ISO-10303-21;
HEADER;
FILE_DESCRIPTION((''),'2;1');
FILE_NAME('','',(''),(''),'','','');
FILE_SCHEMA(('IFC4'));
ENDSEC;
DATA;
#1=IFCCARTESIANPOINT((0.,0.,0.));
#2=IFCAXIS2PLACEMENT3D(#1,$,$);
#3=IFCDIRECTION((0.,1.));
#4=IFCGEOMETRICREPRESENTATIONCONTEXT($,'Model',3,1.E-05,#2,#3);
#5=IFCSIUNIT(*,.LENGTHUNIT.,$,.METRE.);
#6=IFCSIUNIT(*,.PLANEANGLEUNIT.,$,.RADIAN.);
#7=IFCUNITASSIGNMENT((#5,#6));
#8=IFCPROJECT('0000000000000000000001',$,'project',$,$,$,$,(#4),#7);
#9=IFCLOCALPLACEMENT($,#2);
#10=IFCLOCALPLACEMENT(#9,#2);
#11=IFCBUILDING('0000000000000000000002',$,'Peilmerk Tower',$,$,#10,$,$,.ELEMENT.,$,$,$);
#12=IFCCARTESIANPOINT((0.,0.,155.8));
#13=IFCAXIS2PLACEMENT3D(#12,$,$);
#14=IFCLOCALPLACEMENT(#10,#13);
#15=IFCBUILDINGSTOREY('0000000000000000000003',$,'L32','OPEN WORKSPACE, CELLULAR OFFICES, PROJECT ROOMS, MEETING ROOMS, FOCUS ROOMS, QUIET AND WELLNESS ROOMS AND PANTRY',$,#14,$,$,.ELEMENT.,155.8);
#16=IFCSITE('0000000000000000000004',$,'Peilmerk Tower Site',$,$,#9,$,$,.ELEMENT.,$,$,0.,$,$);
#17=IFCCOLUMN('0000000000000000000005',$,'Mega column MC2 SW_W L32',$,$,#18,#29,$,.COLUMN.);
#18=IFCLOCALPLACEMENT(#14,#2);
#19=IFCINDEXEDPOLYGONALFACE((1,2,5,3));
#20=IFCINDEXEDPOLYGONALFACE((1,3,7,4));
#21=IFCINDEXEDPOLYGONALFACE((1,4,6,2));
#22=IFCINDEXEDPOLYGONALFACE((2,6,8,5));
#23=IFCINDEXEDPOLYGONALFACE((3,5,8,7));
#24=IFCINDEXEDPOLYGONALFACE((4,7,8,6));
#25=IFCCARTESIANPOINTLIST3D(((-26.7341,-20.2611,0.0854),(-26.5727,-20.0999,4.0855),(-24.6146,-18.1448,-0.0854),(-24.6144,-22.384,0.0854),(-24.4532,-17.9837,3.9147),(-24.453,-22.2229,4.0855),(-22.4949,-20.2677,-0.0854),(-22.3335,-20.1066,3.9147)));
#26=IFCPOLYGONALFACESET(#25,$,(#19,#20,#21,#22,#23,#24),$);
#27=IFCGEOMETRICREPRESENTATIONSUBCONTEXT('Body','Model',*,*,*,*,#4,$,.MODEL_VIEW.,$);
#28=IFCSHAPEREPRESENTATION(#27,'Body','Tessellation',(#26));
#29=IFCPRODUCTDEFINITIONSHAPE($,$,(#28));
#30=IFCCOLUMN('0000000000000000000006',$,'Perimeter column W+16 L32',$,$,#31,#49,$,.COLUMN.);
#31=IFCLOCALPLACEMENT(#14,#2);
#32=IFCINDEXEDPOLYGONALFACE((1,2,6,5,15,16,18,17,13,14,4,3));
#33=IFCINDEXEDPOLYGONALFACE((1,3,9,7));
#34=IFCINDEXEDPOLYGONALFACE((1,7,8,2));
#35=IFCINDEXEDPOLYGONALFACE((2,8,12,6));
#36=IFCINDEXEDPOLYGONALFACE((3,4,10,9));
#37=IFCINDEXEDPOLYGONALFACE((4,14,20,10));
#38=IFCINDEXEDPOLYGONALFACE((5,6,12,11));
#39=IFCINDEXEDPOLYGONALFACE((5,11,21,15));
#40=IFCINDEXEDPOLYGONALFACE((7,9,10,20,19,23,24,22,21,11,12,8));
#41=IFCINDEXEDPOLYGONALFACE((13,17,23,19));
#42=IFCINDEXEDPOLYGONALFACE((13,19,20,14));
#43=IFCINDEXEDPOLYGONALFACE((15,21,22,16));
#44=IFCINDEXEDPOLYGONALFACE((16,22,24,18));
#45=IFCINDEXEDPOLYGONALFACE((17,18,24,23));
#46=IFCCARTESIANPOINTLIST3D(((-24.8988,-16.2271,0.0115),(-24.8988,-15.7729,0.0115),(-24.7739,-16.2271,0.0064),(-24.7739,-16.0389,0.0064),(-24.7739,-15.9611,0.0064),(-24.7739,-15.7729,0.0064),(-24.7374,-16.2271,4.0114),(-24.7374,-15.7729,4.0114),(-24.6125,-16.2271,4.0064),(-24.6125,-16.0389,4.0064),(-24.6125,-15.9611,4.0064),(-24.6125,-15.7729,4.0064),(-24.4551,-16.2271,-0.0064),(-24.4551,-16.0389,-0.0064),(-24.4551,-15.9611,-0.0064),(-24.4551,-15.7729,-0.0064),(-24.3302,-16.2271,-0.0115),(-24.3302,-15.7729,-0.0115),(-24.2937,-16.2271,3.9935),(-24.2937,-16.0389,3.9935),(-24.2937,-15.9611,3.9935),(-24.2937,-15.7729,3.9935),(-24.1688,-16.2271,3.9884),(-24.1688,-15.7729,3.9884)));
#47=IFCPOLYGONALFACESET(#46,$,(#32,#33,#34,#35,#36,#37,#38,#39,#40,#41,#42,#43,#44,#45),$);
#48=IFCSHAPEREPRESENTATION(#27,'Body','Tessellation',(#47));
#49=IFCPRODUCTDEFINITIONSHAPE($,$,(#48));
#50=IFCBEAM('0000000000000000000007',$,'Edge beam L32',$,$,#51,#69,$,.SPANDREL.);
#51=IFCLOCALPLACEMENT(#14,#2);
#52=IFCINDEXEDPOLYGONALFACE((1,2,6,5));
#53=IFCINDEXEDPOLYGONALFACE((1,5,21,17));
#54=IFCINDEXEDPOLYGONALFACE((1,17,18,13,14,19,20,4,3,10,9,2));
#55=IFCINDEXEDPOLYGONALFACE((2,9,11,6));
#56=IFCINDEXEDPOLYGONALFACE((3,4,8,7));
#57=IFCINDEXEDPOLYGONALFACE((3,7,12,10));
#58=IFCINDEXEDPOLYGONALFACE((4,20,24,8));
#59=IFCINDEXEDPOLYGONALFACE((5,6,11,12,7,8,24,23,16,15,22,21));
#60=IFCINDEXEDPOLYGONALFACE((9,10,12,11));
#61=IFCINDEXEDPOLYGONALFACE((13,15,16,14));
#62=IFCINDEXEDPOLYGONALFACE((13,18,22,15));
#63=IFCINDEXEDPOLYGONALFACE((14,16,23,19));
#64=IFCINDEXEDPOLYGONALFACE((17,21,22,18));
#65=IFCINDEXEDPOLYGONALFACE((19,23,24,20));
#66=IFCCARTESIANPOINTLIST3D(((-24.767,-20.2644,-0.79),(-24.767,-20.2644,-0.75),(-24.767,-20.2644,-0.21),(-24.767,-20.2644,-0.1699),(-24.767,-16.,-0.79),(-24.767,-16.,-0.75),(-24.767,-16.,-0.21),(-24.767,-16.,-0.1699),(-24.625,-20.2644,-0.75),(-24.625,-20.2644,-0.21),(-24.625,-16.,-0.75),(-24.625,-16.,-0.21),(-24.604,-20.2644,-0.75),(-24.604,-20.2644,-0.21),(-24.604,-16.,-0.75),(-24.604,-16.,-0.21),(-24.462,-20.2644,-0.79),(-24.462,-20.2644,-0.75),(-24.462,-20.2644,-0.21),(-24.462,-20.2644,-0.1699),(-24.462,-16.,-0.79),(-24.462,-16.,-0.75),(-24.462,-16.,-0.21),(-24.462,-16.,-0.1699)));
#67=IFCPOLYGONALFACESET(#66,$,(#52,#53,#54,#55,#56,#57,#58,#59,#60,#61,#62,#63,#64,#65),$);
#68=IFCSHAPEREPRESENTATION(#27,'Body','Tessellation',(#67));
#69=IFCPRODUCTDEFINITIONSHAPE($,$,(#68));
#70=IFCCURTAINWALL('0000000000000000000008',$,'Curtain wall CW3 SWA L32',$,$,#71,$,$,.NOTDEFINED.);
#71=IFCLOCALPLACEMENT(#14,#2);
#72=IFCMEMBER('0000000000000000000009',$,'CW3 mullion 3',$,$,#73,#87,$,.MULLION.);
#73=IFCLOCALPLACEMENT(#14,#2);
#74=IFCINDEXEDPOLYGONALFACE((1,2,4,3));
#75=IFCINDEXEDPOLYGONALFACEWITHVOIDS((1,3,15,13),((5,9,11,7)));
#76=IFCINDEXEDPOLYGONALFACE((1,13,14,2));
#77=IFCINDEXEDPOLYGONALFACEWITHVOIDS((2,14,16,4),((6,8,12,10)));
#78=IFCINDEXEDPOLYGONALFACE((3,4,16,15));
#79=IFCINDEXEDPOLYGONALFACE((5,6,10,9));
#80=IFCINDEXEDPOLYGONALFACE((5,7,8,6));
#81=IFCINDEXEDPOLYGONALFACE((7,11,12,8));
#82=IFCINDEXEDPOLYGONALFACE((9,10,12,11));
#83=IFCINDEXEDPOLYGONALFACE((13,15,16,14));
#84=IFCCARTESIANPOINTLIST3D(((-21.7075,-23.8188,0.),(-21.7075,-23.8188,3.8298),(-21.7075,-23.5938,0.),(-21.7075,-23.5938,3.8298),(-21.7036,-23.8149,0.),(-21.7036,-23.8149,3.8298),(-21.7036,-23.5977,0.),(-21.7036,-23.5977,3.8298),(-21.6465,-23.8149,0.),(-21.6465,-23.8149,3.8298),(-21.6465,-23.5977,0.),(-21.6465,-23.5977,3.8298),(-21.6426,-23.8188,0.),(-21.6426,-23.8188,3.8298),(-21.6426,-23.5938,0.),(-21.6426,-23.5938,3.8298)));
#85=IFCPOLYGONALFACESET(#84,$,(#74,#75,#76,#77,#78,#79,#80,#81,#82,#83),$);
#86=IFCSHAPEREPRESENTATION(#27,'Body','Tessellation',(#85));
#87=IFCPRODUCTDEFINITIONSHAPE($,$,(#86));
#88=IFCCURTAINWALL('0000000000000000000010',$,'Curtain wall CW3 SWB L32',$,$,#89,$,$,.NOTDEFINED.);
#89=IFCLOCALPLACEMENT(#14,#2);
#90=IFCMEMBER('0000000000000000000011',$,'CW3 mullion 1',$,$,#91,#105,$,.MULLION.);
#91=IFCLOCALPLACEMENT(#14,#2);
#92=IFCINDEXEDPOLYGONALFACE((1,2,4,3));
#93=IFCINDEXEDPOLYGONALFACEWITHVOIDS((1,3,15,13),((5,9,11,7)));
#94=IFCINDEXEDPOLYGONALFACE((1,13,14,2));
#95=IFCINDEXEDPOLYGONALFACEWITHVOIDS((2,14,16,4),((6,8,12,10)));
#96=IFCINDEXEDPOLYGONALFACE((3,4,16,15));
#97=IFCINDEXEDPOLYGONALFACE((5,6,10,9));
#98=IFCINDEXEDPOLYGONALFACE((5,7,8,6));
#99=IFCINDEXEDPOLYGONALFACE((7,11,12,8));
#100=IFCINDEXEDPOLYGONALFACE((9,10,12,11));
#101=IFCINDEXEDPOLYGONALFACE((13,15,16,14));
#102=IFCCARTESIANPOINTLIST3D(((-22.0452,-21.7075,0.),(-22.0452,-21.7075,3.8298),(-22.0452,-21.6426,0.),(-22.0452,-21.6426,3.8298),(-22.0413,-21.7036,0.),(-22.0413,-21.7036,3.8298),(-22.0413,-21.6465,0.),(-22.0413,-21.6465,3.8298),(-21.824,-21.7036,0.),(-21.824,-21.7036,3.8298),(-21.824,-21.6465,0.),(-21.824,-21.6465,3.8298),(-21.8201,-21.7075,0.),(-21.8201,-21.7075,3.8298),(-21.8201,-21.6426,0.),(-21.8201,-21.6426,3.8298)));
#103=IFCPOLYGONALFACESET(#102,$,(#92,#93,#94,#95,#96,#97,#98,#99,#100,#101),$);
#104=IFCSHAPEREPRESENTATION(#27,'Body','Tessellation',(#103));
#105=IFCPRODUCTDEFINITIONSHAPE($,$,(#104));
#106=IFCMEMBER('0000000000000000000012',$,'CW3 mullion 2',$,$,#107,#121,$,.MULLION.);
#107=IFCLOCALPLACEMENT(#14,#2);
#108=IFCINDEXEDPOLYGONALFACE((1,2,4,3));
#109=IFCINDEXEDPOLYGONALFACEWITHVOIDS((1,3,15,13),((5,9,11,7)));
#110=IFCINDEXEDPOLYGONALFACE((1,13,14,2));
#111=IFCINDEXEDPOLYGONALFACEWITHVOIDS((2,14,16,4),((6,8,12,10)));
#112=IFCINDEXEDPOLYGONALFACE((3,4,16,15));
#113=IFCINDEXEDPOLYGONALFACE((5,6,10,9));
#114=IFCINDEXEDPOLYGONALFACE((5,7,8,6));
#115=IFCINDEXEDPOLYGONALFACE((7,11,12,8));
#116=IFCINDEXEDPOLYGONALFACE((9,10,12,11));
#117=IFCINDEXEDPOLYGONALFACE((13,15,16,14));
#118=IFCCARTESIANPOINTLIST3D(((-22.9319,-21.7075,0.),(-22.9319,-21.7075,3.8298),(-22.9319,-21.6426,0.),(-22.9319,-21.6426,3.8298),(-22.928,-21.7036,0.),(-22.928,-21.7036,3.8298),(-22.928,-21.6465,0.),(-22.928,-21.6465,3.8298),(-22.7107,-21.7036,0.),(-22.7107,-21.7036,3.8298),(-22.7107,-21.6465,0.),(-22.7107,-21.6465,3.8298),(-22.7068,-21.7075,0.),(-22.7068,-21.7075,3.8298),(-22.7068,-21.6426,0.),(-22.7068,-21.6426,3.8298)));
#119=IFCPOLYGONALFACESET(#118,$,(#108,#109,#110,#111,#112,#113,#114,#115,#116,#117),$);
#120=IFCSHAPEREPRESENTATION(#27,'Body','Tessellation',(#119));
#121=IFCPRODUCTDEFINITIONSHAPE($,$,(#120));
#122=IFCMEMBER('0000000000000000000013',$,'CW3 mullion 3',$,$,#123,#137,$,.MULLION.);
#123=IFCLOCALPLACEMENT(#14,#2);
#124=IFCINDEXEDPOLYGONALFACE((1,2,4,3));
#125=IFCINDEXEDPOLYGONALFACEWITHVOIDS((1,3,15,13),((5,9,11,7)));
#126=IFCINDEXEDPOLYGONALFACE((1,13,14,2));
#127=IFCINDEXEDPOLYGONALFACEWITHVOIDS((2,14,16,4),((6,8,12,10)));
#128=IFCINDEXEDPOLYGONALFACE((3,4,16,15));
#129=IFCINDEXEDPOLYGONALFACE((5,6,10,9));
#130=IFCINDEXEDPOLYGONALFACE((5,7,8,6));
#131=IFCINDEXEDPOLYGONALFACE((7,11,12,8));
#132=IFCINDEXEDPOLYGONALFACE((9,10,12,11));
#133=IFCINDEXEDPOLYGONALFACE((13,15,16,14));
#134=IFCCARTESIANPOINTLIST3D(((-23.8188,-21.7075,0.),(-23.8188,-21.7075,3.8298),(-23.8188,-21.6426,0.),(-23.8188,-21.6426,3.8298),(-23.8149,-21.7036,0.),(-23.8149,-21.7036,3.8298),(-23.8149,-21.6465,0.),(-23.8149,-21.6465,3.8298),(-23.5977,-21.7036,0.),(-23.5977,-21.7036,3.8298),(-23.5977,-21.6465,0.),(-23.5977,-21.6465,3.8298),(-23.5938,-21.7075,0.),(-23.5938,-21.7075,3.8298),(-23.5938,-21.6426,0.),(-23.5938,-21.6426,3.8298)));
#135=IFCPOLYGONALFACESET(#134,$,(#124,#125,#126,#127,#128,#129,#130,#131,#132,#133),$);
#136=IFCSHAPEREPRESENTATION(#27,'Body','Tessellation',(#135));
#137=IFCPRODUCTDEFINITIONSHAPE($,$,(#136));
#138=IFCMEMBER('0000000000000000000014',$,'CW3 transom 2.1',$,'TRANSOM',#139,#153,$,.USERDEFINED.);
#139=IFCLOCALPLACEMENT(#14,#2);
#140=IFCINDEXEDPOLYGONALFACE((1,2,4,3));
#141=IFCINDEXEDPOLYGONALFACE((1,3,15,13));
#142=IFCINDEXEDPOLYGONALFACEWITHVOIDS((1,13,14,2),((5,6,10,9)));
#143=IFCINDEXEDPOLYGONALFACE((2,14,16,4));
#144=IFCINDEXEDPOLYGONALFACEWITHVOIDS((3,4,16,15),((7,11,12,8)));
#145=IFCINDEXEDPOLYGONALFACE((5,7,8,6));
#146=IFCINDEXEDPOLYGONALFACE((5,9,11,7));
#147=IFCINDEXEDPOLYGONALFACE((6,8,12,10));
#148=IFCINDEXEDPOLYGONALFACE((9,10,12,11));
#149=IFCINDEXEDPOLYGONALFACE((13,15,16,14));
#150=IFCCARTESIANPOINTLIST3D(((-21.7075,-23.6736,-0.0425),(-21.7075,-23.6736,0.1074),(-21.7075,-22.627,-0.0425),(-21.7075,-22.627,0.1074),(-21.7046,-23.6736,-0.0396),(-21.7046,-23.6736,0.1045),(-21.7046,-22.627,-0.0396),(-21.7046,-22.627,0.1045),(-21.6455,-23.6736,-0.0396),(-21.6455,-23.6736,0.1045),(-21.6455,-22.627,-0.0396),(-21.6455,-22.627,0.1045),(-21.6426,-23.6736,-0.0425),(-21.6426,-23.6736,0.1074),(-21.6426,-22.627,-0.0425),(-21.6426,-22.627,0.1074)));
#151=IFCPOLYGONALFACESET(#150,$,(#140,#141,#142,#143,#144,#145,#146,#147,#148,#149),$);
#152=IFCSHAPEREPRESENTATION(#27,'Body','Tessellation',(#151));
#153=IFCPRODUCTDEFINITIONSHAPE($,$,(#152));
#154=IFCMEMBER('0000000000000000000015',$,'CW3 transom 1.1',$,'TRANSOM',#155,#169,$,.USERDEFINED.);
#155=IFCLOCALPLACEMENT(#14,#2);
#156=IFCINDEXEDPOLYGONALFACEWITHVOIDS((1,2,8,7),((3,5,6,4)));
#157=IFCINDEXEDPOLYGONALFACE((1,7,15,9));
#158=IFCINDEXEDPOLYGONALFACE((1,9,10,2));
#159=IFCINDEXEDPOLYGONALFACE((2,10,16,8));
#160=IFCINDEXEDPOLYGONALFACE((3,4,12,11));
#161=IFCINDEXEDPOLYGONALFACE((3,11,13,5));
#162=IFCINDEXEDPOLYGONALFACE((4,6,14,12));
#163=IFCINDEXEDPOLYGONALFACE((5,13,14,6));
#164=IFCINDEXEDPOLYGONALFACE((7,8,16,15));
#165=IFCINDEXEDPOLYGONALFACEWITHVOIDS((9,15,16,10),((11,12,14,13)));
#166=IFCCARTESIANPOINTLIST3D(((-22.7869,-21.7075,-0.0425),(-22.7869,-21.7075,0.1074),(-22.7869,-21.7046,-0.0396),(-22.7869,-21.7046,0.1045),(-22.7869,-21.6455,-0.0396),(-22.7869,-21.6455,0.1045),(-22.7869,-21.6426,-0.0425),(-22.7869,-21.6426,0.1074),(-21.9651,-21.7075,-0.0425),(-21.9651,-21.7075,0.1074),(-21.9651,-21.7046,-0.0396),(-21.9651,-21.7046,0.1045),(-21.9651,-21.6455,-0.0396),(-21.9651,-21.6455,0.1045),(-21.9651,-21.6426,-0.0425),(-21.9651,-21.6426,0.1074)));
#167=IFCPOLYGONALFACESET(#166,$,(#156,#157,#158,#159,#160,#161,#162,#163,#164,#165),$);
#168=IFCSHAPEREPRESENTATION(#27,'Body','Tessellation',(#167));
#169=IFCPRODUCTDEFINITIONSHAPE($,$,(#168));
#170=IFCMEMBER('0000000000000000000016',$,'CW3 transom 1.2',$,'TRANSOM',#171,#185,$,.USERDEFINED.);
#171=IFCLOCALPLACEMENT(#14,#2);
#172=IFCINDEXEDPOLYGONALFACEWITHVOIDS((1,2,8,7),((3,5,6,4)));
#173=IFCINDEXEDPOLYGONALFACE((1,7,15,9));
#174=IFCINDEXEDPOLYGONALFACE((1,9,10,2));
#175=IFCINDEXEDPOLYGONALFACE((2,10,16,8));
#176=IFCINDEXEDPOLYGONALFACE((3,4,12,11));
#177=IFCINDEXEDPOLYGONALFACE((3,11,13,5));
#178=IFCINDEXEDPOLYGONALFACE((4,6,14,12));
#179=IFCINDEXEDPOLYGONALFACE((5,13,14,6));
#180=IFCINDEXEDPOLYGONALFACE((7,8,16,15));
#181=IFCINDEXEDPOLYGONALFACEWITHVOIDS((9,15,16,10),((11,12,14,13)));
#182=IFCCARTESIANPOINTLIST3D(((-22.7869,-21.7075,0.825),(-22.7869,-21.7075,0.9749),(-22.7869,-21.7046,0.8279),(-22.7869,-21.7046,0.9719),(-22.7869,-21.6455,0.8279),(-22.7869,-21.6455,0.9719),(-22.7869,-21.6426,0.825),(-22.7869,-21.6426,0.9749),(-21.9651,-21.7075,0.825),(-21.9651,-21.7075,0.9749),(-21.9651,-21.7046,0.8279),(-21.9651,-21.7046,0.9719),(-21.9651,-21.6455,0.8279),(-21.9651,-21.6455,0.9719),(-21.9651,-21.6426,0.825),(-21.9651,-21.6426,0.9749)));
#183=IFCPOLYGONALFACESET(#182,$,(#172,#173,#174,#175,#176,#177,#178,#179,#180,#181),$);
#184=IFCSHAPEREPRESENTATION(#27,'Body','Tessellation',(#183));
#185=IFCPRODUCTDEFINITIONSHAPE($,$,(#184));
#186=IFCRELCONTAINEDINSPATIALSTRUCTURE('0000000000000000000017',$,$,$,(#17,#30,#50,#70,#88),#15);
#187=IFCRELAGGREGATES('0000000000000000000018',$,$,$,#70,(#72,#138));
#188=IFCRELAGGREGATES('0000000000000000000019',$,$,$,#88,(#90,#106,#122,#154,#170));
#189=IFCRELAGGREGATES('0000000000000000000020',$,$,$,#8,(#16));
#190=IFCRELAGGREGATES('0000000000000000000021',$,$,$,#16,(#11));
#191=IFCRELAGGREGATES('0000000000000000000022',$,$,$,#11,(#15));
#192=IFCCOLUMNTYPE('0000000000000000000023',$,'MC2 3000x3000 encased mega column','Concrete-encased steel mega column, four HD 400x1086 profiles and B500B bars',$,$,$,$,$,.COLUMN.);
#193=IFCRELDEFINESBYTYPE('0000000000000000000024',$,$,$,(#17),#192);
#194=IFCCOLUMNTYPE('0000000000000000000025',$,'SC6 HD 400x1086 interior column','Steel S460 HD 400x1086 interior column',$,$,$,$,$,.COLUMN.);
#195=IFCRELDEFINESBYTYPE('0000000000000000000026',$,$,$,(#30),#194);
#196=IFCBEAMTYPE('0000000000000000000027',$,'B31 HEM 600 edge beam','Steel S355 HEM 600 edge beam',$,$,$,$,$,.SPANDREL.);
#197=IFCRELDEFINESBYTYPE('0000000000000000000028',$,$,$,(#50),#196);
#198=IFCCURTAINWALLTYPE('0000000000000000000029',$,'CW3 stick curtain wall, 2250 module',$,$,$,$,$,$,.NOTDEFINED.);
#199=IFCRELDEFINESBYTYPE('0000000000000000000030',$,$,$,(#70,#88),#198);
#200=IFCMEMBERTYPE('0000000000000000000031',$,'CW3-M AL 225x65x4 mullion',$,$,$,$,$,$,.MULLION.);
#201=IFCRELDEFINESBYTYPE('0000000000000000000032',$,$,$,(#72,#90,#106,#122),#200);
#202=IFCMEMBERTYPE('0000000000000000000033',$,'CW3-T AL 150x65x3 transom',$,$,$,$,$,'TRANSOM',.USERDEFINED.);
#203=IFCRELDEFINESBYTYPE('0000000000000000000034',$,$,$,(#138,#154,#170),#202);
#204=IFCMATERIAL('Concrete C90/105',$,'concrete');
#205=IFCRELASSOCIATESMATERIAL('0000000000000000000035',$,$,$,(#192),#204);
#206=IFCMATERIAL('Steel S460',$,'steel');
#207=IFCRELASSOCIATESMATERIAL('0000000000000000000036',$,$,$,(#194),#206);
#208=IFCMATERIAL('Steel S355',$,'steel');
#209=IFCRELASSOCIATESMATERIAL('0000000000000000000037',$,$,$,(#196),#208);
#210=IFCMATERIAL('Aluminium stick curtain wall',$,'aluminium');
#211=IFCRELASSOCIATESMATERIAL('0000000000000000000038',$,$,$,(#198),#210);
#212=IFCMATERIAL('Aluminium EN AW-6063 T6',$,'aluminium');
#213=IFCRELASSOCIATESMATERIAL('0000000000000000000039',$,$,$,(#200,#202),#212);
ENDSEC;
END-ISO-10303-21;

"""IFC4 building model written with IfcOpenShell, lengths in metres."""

from ifc_helpers import new_model, si_unit, direction, frame, origin, origin_2d, place, context, subcontext, project, spatial, rectangle, hollow_rectangle, i_section, extrude, material, material_profile, profile_set, type_object, element, aggregate, save


model = new_model("IFC4")

# Units and contexts
model_context = context("Model", 3, precision=1e-05, world=origin(), true_north=direction((0.0, 1.0)))
body_context = subcontext(model_context, "Body", "Model", "MODEL_VIEW")
ifc_project = project(units=[si_unit("LENGTHUNIT", "METRE"), si_unit("PLANEANGLEUNIT", "RADIAN")], contexts=[model_context])

# Site, building, storey
site_placement = place(None, origin())
site = spatial("IfcSite", under=ifc_project, at=site_placement, Name="Peilmerk Tower Site", CompositionType="ELEMENT", RefElevation=0.0)
building_placement = place(site_placement, origin())
building = spatial("IfcBuilding", under=site, at=building_placement, Name="Peilmerk Tower", CompositionType="ELEMENT")
storey_placement = place(building_placement, frame((0.0, 0.0, 155.8)))
storey = spatial("IfcBuildingStorey", under=building, at=storey_placement, Name="L32", Description="OPEN WORKSPACE, CELLULAR OFFICES, PROJECT ROOMS, MEETING ROOMS, FOCUS ROOMS, QUIET AND WELLNESS ROOMS AND PANTRY", CompositionType="ELEMENT", Elevation=155.8)

# Columns
ifc_material_1 = material(Name="Concrete C90/105", Category="concrete")
ifc_material_profile_1 = material_profile(ifc_material_1, rectangle(XDim=3.0, YDim=3.0, at=origin_2d()), Name="RC 3000x3000")
ifc_profile_set_1 = profile_set([ifc_material_profile_1], Name="Concrete C90/105")
column_type_1 = type_object("IfcColumnType", Name="MC2 3000x3000 encased mega column", Description="Concrete-encased steel mega column, four HD 400x1086 profiles and B500B bars", PredefinedType="COLUMN", material=ifc_profile_set_1)
column_1_placement = place(storey_placement, frame((-24.6145, -20.2644, 0.0), z_axis=(0.040279, 0.040218, 0.998379), x_axis=(-0.706571, 0.707642, 0.0)))
element("IfcColumn", 1, at=column_1_placement, inside=storey, type_object=column_type_1, Name="Mega column MC2 SW_W L32", PredefinedType="COLUMN", context=body_context, shape_type="SweptSolid", body=[
    extrude(rectangle(XDim=3.0, YDim=3.0, at=origin_2d()), origin(), (0.0, 0.0, 1.0), 4.0066),
])
ifc_material_2 = material(Name="Steel S460", Category="steel")
ifc_material_profile_2 = material_profile(ifc_material_2, i_section(OverallWidth=0.4541, OverallDepth=0.5691, WebThickness=0.0779, FlangeThickness=0.125, at=origin_2d()), Name="HD 400x1086")
ifc_profile_set_2 = profile_set([ifc_material_profile_2], Name="Steel S460")
column_type_2 = type_object("IfcColumnType", Name="SC6 HD 400x1086 interior column", Description="Steel S460 HD 400x1086 interior column", PredefinedType="COLUMN", material=ifc_profile_set_2)
column_2_placement = place(storey_placement, frame((-24.6145, -16.0, 0.0), z_axis=(0.040311, 0.0, 0.999187), x_axis=(0.0, 1.0, 0.0)))
element("IfcColumn", 2, at=column_2_placement, inside=storey, type_object=column_type_2, Name="Perimeter column W+16 L32", PredefinedType="COLUMN", context=body_context, shape_type="SweptSolid", body=[
    extrude(i_section(OverallWidth=0.4541, OverallDepth=0.5691, WebThickness=0.0779, FlangeThickness=0.125, at=origin_2d()), origin(), (0.0, 0.0, 1.0), 4.0032),
])

# Beam
ifc_material_3 = material(Name="Steel S355", Category="steel")
ifc_material_profile_3 = material_profile(ifc_material_3, i_section(OverallWidth=0.3049, OverallDepth=0.6201, WebThickness=0.021, FlangeThickness=0.04, at=origin_2d()), Name="HEM 600")
ifc_profile_set_3 = profile_set([ifc_material_profile_3], Name="Steel S355")
beam_type = type_object("IfcBeamType", Name="B31 HEM 600 edge beam", Description="Steel S355 HEM 600 edge beam", PredefinedType="SPANDREL", material=ifc_profile_set_3)
beam_placement = place(storey_placement, frame((-24.6145, -16.0, -0.48), z_axis=(0.0, -1.0, 0.0), x_axis=(1.0, 0.0, 0.0)))
element("IfcBeam", 3, at=beam_placement, inside=storey, type_object=beam_type, Name="Edge beam L32", PredefinedType="SPANDREL", context=body_context, shape_type="SweptSolid", body=[
    extrude(i_section(OverallWidth=0.3049, OverallDepth=0.6201, WebThickness=0.021, FlangeThickness=0.04, at=origin_2d()), origin(), (0.0, 0.0, 1.0), 4.2644),
])

# Curtain wall, member
ifc_material_4 = material(Name="Aluminium stick curtain wall", Category="aluminium")
curtain_wall_type = type_object("IfcCurtainWallType", Name="CW3 stick curtain wall, 2250 module", PredefinedType="NOTDEFINED", material=ifc_material_4)
curtain_wall_1_placement = place(storey_placement, origin())
curtain_wall_1 = element("IfcCurtainWall", 4, at=curtain_wall_1_placement, inside=storey, type_object=curtain_wall_type, Name="Curtain wall CW3 SWA L32", PredefinedType="NOTDEFINED")
ifc_material_5 = material(Name="Aluminium EN AW-6063 T6", Category="aluminium")
ifc_material_profile_4 = material_profile(ifc_material_5, hollow_rectangle(XDim=0.0649, YDim=0.2251, WallThickness=0.0039, at=origin_2d()), Name="AL 225x65x4")
ifc_profile_set_4 = profile_set([ifc_material_profile_4], Name="Aluminium EN AW-6063 T6")
member_type_1 = type_object("IfcMemberType", Name="CW3-M AL 225x65x4 mullion", PredefinedType="MULLION", material=ifc_profile_set_4)
member_1_placement = place(storey_placement, frame((-21.675, -23.7063, 0.0), z_axis=(0.0, 0.0, 1.0), x_axis=(1.0, 0.0, 0.0)))
member_1 = element("IfcMember", 5, at=member_1_placement, type_object=member_type_1, Name="CW3 mullion 3", PredefinedType="MULLION", context=body_context, shape_type="SweptSolid", body=[
    extrude(hollow_rectangle(XDim=0.0649, YDim=0.2251, WallThickness=0.0039, at=origin_2d()), origin(), (0.0, 0.0, 1.0), 3.8298),
])

# Curtain wall, members
curtain_wall_2_placement = place(storey_placement, origin())
curtain_wall_2 = element("IfcCurtainWall", 6, at=curtain_wall_2_placement, inside=storey, type_object=curtain_wall_type, Name="Curtain wall CW3 SWB L32", PredefinedType="NOTDEFINED")
member_2_placement = place(storey_placement, frame((-21.9326, -21.675, 0.0), z_axis=(0.0, 0.0, 1.0), x_axis=(0.0, -1.0, 0.0)))
member_2 = element("IfcMember", 7, at=member_2_placement, type_object=member_type_1, Name="CW3 mullion 1", PredefinedType="MULLION", context=body_context, shape_type="SweptSolid", body=[
    extrude(hollow_rectangle(XDim=0.0649, YDim=0.2251, WallThickness=0.0039, at=origin_2d()), origin(), (0.0, 0.0, 1.0), 3.8298),
])
member_3_placement = place(storey_placement, frame((-22.8193, -21.675, 0.0), z_axis=(0.0, 0.0, 1.0), x_axis=(0.0, -1.0, 0.0)))
member_3 = element("IfcMember", 8, at=member_3_placement, type_object=member_type_1, Name="CW3 mullion 2", PredefinedType="MULLION", context=body_context, shape_type="SweptSolid", body=[
    extrude(hollow_rectangle(XDim=0.0649, YDim=0.2251, WallThickness=0.0039, at=origin_2d()), origin(), (0.0, 0.0, 1.0), 3.8298),
])
member_4_placement = place(storey_placement, frame((-23.7063, -21.675, 0.0), z_axis=(0.0, 0.0, 1.0), x_axis=(0.0, -1.0, 0.0)))
member_4 = element("IfcMember", 9, at=member_4_placement, type_object=member_type_1, Name="CW3 mullion 3", PredefinedType="MULLION", context=body_context, shape_type="SweptSolid", body=[
    extrude(hollow_rectangle(XDim=0.0649, YDim=0.2251, WallThickness=0.0039, at=origin_2d()), origin(), (0.0, 0.0, 1.0), 3.8298),
])

# Members
ifc_material_profile_5 = material_profile(ifc_material_5, hollow_rectangle(XDim=0.0649, YDim=0.1499, WallThickness=0.0029, at=origin_2d()), Name="AL 150x65x3")
ifc_profile_set_5 = profile_set([ifc_material_profile_5], Name="Aluminium EN AW-6063 T6")
member_type_2 = type_object("IfcMemberType", Name="CW3-T AL 150x65x3 transom", ElementType="TRANSOM", PredefinedType="USERDEFINED", material=ifc_profile_set_5)
member_5_placement = place(storey_placement, frame((-21.675, -22.627, 0.0325), z_axis=(0.0, -1.0, 0.0), x_axis=(1.0, 0.0, 0.0)))
member_5 = element("IfcMember", 10, at=member_5_placement, type_object=member_type_2, Name="CW3 transom 2.1", ObjectType="TRANSOM", PredefinedType="USERDEFINED", context=body_context, shape_type="SweptSolid", body=[
    extrude(hollow_rectangle(XDim=0.0649, YDim=0.1499, WallThickness=0.0029, at=origin_2d()), origin(), (0.0, 0.0, 1.0), 1.0466),
])
member_6_placement = place(storey_placement, frame((-21.9651, -21.675, 0.0325), z_axis=(-1.0, 0.0, 0.0), x_axis=(0.0, -1.0, 0.0)))
member_6 = element("IfcMember", 11, at=member_6_placement, type_object=member_type_2, Name="CW3 transom 1.1", ObjectType="TRANSOM", PredefinedType="USERDEFINED", context=body_context, shape_type="SweptSolid", body=[
    extrude(hollow_rectangle(XDim=0.0649, YDim=0.1499, WallThickness=0.0029, at=origin_2d()), origin(), (0.0, 0.0, 1.0), 0.8218),
])
member_7_placement = place(storey_placement, frame((-21.9651, -21.675, 0.8999), z_axis=(-1.0, 0.0, 0.0), x_axis=(0.0, -1.0, 0.0)))
member_7 = element("IfcMember", 12, at=member_7_placement, type_object=member_type_2, Name="CW3 transom 1.2", ObjectType="TRANSOM", PredefinedType="USERDEFINED", context=body_context, shape_type="SweptSolid", body=[
    extrude(hollow_rectangle(XDim=0.0649, YDim=0.1499, WallThickness=0.0029, at=origin_2d()), origin(), (0.0, 0.0, 1.0), 0.8218),
])

aggregate(curtain_wall_1, [member_1, member_5])
aggregate(curtain_wall_2, [member_2, member_3, member_4, member_6, member_7])

save(model, "model.ifc")
